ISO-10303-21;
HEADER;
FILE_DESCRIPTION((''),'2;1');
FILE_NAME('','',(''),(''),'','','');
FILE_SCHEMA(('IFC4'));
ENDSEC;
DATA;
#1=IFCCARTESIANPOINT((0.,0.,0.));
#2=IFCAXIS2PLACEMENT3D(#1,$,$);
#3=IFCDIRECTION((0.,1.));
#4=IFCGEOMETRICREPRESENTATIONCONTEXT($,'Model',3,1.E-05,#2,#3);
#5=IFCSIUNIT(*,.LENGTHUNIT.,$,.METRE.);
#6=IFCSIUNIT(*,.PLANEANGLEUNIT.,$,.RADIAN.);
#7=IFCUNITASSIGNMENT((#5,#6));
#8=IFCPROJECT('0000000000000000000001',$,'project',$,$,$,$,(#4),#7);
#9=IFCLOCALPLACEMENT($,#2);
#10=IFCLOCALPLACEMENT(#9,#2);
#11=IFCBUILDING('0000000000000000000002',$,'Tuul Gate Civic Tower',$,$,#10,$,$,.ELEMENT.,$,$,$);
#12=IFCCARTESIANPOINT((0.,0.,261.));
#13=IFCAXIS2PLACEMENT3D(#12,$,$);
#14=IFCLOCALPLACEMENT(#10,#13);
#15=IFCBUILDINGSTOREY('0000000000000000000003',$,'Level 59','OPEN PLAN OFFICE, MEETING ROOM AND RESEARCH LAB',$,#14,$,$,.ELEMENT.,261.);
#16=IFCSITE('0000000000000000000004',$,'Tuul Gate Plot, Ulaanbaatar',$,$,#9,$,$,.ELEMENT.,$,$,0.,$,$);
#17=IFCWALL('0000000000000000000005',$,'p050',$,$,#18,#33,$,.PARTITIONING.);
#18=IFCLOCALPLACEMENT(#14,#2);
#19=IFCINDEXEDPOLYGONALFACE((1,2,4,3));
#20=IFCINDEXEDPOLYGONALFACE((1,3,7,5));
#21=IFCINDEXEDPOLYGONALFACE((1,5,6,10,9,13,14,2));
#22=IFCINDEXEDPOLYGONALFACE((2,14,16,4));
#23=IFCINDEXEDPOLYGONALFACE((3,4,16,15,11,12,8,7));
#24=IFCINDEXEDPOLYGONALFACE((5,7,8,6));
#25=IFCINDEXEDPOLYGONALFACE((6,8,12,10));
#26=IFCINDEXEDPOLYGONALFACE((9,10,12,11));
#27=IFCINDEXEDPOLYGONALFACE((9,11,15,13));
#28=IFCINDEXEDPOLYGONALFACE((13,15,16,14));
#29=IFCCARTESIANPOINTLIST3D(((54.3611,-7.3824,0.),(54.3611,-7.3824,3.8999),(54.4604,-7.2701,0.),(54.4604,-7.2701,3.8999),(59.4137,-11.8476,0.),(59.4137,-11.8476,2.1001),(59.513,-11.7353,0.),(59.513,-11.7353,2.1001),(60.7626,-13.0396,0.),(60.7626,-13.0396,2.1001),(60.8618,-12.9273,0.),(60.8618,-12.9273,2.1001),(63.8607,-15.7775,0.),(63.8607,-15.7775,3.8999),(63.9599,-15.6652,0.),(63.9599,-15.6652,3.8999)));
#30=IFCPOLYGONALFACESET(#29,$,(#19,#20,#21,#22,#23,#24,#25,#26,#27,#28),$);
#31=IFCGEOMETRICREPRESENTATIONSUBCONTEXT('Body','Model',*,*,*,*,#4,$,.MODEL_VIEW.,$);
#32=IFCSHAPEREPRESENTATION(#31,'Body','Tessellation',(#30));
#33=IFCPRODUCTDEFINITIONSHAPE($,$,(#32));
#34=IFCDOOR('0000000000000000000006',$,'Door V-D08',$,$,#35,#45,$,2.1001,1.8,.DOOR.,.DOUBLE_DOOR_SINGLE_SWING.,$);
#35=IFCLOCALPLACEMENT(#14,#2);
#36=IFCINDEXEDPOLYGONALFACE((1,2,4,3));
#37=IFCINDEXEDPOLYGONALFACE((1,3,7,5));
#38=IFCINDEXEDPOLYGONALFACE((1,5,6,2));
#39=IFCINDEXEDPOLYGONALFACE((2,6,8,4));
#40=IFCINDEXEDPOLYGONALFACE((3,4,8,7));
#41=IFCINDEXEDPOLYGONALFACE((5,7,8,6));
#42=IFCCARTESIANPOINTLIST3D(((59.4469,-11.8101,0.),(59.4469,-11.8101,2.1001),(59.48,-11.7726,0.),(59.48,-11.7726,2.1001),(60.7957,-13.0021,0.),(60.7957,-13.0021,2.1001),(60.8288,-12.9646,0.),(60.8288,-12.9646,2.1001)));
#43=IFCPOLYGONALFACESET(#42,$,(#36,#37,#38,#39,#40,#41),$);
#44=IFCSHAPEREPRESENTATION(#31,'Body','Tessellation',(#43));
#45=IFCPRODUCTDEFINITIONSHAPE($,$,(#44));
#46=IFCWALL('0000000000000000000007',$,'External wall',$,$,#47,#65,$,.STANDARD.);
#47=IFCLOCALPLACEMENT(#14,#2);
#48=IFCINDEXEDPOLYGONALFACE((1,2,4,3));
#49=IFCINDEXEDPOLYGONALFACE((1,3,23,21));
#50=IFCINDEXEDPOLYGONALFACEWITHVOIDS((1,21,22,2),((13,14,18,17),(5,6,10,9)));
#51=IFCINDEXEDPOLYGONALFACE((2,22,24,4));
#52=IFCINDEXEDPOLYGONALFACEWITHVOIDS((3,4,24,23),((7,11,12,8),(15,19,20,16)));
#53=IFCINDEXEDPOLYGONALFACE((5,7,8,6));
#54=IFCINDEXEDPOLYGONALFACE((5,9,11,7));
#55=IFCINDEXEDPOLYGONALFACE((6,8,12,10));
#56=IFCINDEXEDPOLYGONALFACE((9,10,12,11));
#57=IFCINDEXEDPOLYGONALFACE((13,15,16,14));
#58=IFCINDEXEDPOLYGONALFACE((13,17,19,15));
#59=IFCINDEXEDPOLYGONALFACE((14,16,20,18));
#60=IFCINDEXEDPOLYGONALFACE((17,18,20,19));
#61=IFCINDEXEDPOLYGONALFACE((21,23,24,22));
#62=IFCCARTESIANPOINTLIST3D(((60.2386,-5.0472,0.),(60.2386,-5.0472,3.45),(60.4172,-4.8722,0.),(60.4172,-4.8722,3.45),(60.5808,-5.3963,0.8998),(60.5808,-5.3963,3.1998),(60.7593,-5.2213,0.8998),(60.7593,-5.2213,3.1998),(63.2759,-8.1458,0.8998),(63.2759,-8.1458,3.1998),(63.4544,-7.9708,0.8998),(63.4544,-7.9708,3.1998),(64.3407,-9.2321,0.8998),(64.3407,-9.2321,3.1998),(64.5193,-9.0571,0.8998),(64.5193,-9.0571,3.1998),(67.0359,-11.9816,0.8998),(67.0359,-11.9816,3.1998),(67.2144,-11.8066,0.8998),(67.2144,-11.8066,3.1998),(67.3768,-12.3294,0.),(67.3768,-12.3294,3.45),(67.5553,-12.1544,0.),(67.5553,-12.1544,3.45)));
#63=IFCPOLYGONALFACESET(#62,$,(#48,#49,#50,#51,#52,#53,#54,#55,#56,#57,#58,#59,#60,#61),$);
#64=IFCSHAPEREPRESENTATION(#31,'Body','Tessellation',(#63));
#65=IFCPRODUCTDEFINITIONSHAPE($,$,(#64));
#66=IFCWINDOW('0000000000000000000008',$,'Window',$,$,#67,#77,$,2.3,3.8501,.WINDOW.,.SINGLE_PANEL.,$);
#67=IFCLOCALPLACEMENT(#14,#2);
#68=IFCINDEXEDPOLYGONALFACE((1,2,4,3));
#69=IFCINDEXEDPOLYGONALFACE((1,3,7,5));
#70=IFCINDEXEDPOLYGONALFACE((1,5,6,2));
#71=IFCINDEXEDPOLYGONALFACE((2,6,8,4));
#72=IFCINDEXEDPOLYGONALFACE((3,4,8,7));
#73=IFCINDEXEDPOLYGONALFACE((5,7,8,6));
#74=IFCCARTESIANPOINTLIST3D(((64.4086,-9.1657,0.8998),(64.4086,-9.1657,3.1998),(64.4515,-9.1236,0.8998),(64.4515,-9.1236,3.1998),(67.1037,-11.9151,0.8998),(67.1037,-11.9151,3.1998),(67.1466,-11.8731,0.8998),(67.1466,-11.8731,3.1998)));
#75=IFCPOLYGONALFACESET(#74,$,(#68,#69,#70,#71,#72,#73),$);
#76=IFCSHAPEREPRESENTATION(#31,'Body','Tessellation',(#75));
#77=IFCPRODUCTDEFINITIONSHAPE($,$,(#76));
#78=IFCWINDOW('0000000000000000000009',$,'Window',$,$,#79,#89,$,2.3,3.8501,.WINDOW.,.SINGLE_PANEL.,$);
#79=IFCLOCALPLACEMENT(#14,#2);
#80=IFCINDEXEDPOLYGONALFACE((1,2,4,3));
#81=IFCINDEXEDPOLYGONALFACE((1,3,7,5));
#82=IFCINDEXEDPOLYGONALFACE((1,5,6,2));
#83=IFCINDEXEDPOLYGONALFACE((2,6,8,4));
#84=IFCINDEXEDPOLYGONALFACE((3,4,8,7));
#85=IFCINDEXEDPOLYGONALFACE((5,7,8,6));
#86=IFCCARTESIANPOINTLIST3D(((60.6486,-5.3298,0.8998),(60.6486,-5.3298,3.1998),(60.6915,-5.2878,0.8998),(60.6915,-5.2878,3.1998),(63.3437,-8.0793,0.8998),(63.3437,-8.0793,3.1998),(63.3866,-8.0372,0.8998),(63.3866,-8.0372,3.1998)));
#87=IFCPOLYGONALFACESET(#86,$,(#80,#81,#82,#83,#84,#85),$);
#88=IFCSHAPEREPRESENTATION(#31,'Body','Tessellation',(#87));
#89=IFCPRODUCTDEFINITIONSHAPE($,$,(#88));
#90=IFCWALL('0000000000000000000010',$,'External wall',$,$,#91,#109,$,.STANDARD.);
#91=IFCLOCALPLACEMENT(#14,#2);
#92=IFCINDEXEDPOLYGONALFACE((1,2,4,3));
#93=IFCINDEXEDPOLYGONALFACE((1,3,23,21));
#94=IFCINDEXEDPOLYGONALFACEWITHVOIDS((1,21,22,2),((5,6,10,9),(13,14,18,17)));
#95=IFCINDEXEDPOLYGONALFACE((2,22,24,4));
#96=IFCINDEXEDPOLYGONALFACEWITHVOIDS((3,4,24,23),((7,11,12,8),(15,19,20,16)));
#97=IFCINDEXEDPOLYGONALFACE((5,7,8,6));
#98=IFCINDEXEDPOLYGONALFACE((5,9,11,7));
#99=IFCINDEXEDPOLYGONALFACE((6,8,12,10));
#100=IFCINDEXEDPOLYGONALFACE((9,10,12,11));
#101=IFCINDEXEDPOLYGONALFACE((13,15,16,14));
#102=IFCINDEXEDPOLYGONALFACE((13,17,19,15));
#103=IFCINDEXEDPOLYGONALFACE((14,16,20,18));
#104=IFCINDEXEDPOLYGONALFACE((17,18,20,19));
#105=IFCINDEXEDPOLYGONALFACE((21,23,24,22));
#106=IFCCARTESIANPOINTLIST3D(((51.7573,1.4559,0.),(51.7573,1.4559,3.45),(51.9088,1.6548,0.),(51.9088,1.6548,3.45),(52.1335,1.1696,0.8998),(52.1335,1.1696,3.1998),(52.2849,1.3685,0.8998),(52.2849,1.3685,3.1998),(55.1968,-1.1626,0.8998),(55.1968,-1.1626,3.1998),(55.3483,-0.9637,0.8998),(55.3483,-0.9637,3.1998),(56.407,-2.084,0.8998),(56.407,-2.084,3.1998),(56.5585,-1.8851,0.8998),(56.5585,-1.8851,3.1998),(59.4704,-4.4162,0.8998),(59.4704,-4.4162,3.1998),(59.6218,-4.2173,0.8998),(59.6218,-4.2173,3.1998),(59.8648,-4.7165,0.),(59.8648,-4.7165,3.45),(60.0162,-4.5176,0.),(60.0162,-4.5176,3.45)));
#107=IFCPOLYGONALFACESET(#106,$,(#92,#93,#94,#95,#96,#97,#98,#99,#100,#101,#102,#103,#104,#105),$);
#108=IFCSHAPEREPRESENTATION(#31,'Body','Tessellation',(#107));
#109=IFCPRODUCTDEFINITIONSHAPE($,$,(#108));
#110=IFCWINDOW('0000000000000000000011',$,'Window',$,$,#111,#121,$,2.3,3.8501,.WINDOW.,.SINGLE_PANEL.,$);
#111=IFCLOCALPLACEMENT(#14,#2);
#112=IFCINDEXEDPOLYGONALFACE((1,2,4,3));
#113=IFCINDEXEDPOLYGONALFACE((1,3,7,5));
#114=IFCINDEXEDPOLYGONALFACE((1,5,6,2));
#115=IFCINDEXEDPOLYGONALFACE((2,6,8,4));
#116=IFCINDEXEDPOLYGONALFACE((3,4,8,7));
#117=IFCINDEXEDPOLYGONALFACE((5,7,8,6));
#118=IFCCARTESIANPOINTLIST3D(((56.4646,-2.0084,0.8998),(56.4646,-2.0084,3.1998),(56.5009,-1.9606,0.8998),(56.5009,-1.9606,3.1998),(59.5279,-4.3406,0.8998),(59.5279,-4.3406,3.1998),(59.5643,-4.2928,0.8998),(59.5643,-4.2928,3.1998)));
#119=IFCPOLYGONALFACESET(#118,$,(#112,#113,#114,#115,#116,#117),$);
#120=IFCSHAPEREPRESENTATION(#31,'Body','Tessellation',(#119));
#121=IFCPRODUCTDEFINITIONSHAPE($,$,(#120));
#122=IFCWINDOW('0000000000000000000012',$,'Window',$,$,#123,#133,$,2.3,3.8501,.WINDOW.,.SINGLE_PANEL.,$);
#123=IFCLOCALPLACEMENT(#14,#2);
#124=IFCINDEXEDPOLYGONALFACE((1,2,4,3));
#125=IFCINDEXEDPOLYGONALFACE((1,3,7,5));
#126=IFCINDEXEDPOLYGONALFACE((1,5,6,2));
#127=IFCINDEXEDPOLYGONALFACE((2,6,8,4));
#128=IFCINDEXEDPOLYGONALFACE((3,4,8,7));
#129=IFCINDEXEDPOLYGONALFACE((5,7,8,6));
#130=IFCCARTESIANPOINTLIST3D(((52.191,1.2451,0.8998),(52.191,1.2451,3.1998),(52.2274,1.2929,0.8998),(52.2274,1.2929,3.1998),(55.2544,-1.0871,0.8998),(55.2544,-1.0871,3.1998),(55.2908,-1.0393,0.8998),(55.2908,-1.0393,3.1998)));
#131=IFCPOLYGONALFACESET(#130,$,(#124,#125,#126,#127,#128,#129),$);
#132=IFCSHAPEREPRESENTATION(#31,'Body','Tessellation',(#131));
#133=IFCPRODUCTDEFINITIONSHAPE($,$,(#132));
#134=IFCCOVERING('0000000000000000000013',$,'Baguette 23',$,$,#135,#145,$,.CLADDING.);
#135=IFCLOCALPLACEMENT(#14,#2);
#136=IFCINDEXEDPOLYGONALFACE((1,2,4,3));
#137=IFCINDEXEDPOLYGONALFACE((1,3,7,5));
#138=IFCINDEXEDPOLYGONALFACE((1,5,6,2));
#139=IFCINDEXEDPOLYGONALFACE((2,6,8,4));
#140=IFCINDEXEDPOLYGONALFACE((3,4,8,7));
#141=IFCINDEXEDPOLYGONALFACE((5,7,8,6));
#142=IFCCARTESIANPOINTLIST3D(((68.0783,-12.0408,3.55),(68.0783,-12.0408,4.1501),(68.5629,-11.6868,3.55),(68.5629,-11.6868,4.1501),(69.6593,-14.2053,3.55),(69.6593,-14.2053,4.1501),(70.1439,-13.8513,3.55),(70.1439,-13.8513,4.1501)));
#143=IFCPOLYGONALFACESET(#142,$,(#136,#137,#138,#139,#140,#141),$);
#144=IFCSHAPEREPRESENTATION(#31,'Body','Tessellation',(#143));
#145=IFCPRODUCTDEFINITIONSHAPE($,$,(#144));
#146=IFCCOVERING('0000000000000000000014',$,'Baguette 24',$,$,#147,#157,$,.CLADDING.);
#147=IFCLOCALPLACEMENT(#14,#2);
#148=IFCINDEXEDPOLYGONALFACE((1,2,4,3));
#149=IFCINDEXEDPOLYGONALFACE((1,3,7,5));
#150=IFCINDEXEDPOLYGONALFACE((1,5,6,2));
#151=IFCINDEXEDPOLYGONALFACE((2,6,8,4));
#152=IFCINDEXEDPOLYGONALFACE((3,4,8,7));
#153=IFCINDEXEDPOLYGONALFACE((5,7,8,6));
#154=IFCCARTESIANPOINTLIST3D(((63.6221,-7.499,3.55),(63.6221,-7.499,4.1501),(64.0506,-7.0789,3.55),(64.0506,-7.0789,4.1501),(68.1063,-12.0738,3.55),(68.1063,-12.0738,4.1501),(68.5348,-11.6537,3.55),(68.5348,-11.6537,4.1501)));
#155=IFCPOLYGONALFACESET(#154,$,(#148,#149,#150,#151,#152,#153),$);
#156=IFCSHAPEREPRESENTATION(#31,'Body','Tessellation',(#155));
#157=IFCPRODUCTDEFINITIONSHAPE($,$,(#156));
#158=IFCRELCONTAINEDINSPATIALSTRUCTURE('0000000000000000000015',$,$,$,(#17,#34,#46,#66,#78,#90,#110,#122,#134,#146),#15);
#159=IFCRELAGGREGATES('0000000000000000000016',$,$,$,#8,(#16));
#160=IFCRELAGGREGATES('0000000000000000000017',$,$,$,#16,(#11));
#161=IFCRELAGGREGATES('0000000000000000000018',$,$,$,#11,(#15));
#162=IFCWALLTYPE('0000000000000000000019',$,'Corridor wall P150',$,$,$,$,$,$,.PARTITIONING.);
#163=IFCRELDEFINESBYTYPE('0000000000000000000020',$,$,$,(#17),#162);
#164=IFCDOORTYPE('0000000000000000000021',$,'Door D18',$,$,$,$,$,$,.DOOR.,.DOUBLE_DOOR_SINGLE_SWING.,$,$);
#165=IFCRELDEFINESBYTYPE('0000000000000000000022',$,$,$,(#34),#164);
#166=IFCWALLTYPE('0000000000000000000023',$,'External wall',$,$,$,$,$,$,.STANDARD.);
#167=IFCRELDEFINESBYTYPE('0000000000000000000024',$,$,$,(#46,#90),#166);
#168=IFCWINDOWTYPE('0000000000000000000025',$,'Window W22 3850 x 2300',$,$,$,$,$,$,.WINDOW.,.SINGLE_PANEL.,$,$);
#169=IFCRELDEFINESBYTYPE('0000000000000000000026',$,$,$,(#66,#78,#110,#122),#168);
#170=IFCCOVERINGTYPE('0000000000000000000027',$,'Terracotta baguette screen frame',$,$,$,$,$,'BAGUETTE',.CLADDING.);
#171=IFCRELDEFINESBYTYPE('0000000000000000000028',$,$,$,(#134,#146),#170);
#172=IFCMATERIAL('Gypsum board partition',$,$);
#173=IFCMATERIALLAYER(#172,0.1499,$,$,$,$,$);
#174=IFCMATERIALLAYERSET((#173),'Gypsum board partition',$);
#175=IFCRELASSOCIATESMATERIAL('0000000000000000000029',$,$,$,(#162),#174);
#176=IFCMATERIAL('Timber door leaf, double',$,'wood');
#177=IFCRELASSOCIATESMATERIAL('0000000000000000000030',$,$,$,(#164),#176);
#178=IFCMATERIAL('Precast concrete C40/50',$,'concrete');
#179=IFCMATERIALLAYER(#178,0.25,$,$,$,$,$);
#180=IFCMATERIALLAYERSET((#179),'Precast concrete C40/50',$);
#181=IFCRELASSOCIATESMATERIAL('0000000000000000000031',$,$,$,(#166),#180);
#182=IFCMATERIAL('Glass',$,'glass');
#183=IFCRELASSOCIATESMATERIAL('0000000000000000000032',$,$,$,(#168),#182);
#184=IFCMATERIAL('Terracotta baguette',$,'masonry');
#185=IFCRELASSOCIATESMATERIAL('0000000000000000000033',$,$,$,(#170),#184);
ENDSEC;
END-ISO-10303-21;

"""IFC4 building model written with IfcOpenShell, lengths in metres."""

from ifc_helpers import new_model, si_unit, direction, frame, frame_2d, origin, origin_2d, place, context, subcontext, project, spatial, rectangle, extrude, material, layer, layer_set, material_profile, profile_set, type_object, element, fill, save


model = new_model("IFC4")

# Units and contexts
model_context = context("Model", 3, precision=1e-05, world=origin(), true_north=direction((0.0, 1.0)))
body_context = subcontext(model_context, "Body", "Model", "MODEL_VIEW")
ifc_project = project(units=[si_unit("LENGTHUNIT", "METRE"), si_unit("PLANEANGLEUNIT", "RADIAN")], contexts=[model_context])

# Site, building, storey
site_placement = place(None, origin())
site = spatial("IfcSite", under=ifc_project, at=site_placement, Name="Tuul Gate Plot, Ulaanbaatar", CompositionType="ELEMENT", RefElevation=0.0)
building_placement = place(site_placement, origin())
building = spatial("IfcBuilding", under=site, at=building_placement, Name="Tuul Gate Civic Tower", CompositionType="ELEMENT")
storey_placement = place(building_placement, frame((0.0, 0.0, 261.0)))
storey = spatial("IfcBuildingStorey", under=building, at=storey_placement, Name="Level 59", Description="OPEN PLAN OFFICE, MEETING ROOM AND RESEARCH LAB", CompositionType="ELEMENT", Elevation=261.0)

# Shared definitions
ifc_material_1 = material(Name="Gypsum board partition")
ifc_layer_1 = layer(ifc_material_1, 0.1499)
ifc_layer_set_1 = layer_set([ifc_layer_1], Name="Gypsum board partition")
wall_type_1 = type_object("IfcWallType", Name="Corridor wall P150", PredefinedType="PARTITIONING", material=ifc_layer_set_1)

# Wall, opening, door
wall_1_placement = place(storey_placement, frame((54.4106, -7.3262, 0.0), z_axis=(0.0, 0.0, 1.0), x_axis=(0.749325, -0.662202, 0.0)))
wall_1 = element("IfcWall", 1, at=wall_1_placement, inside=storey, type_object=wall_type_1, Name="p050", PredefinedType="PARTITIONING", context=body_context, shape_type="SweptSolid", body=[
    extrude(rectangle(XDim=12.6775, YDim=0.1499, at=frame_2d((6.3389, 0.0))), origin(), (0.0, 0.0, 1.0), 3.8999),
])
opening_1_placement = place(wall_1_placement, frame((6.7432, 0.0, 0.0)))
opening_1 = element("IfcOpeningElement", 2, at=opening_1_placement, cuts=wall_1, PredefinedType="OPENING", context=body_context, shape_type="SweptSolid", body=[
    extrude(rectangle(XDim=1.8, YDim=2.1001, at=frame_2d((0.8999, 1.05))), frame((0.0, 0.085, 0.0), z_axis=(0.0, -1.0, 0.0), x_axis=(1.0, 0.0, 0.0)), (0.0, 0.0, 1.0), 0.1699),
])
ifc_material_2 = material(Name="Timber door leaf, double", Category="wood")
door_type_1 = type_object("IfcDoorType", Name="Door D18", OperationType="DOUBLE_DOOR_SINGLE_SWING", PredefinedType="DOOR", material=ifc_material_2)
door_1_placement = place(opening_1_placement, frame((1.8, 0.0, 0.0), z_axis=(0.0, 0.0, 1.0), x_axis=(-1.0, 0.0, 0.0)))
door_1 = element("IfcDoor", 3, at=door_1_placement, inside=storey, type_object=door_type_1, Name="Door V-D08", OperationType="DOUBLE_DOOR_SINGLE_SWING", OverallHeight=2.1001, OverallWidth=1.8, PredefinedType="DOOR", context=body_context, shape_type="SweptSolid", body=[
    extrude(rectangle(XDim=1.8, YDim=2.1001, at=frame_2d((0.9001, 1.05))), frame((0.0, 0.0249, 0.0), z_axis=(0.0, -1.0, 0.0), x_axis=(1.0, 0.0, 0.0)), (0.0, 0.0, 1.0), 0.05),
])
fill(opening_1, door_1)

# Walls, openings, windows
ifc_material_3 = material(Name="Precast concrete C40/50", Category="concrete")
ifc_layer_2 = layer(ifc_material_3, 0.25)
ifc_layer_set_2 = layer_set([ifc_layer_2], Name="Precast concrete C40/50")
wall_type_2 = type_object("IfcWallType", Name="External wall", PredefinedType="STANDARD", material=ifc_layer_set_2)
wall_2_placement = place(storey_placement, frame((67.4661, -12.2419, 0.0), z_axis=(0.0, 0.0, 1.0), x_axis=(-0.700009, 0.714134, 0.0)))
wall_2 = element("IfcWall", 4, at=wall_2_placement, inside=storey, type_object=wall_type_2, Name="External wall", PredefinedType="STANDARD", context=body_context, shape_type="SweptSolid", body=[
    extrude(rectangle(XDim=10.1973, YDim=0.25, at=frame_2d((5.0986, 0.0))), origin(), (0.0, 0.0, 1.0), 3.45),
])
opening_2_placement = place(wall_2_placement, frame((0.4871, 0.0, 0.8999)))
opening_2 = element("IfcOpeningElement", 5, at=opening_2_placement, cuts=wall_2, PredefinedType="OPENING", context=body_context, shape_type="SweptSolid", body=[
    extrude(rectangle(XDim=3.8501, YDim=2.3, at=frame_2d((1.925, 1.1499))), frame((0.0, 0.135, 0.0), z_axis=(0.0, -1.0, 0.0), x_axis=(1.0, 0.0, 0.0)), (0.0, 0.0, 1.0), 0.27),
])
opening_3_placement = place(wall_2_placement, frame((5.8584, 0.0, 0.8999)))
opening_3 = element("IfcOpeningElement", 6, at=opening_3_placement, cuts=wall_2, PredefinedType="OPENING", context=body_context, shape_type="SweptSolid", body=[
    extrude(rectangle(XDim=3.8501, YDim=2.3, at=frame_2d((1.925, 1.1499))), frame((0.0, 0.135, 0.0), z_axis=(0.0, -1.0, 0.0), x_axis=(1.0, 0.0, 0.0)), (0.0, 0.0, 1.0), 0.27),
])
ifc_material_4 = material(Name="Glass", Category="glass")
window_type = type_object("IfcWindowType", Name="Window W22 3850 x 2300", PartitioningType="SINGLE_PANEL", PredefinedType="WINDOW", material=ifc_material_4)
window_1_placement = place(opening_2_placement, origin())
window_1 = element("IfcWindow", 7, at=window_1_placement, inside=storey, type_object=window_type, Name="Window", OverallHeight=2.3, OverallWidth=3.8501, PartitioningType="SINGLE_PANEL", PredefinedType="WINDOW", context=body_context, shape_type="SweptSolid", body=[
    extrude(rectangle(XDim=3.8501, YDim=2.3, at=frame_2d((1.925, 1.1499))), frame((0.0, 0.03, 0.0), z_axis=(0.0, -1.0, 0.0), x_axis=(1.0, 0.0, 0.0)), (0.0, 0.0, 1.0), 0.0601),
])
fill(opening_2, window_1)
window_2_placement = place(opening_3_placement, origin())
window_2 = element("IfcWindow", 8, at=window_2_placement, inside=storey, type_object=window_type, Name="Window", OverallHeight=2.3, OverallWidth=3.8501, PartitioningType="SINGLE_PANEL", PredefinedType="WINDOW", context=body_context, shape_type="SweptSolid", body=[
    extrude(rectangle(XDim=3.8501, YDim=2.3, at=frame_2d((1.925, 1.1499))), frame((0.0, 0.03, 0.0), z_axis=(0.0, -1.0, 0.0), x_axis=(1.0, 0.0, 0.0)), (0.0, 0.0, 1.0), 0.0601),
])
fill(opening_3, window_2)
wall_3_placement = place(storey_placement, frame((59.9404, -4.6169, 0.0), z_axis=(0.0, 0.0, 1.0), x_axis=(-0.795655, 0.60575, 0.0)))
wall_3 = element("IfcWall", 9, at=wall_3_placement, inside=storey, type_object=wall_type_2, Name="External wall", PredefinedType="STANDARD", context=body_context, shape_type="SweptSolid", body=[
    extrude(rectangle(XDim=10.1897, YDim=0.25, at=frame_2d((5.0947, 0.0))), origin(), (0.0, 0.0, 1.0), 3.45),
])
opening_4_placement = place(wall_3_placement, frame((0.4956, 0.0, 0.8999)))
opening_4 = element("IfcOpeningElement", 10, at=opening_4_placement, cuts=wall_3, PredefinedType="OPENING", context=body_context, shape_type="SweptSolid", body=[
    extrude(rectangle(XDim=3.8501, YDim=2.3, at=frame_2d((1.925, 1.1499))), frame((0.0, 0.135, 0.0), z_axis=(0.0, -1.0, 0.0), x_axis=(1.0, 0.0, 0.0)), (0.0, 0.0, 1.0), 0.27),
])
opening_5_placement = place(wall_3_placement, frame((5.8667, 0.0, 0.8999)))
opening_5 = element("IfcOpeningElement", 11, at=opening_5_placement, cuts=wall_3, PredefinedType="OPENING", context=body_context, shape_type="SweptSolid", body=[
    extrude(rectangle(XDim=3.8501, YDim=2.3, at=frame_2d((1.925, 1.1499))), frame((0.0, 0.135, 0.0), z_axis=(0.0, -1.0, 0.0), x_axis=(1.0, 0.0, 0.0)), (0.0, 0.0, 1.0), 0.27),
])
window_3_placement = place(opening_4_placement, origin())
window_3 = element("IfcWindow", 12, at=window_3_placement, inside=storey, type_object=window_type, Name="Window", OverallHeight=2.3, OverallWidth=3.8501, PartitioningType="SINGLE_PANEL", PredefinedType="WINDOW", context=body_context, shape_type="SweptSolid", body=[
    extrude(rectangle(XDim=3.8501, YDim=2.3, at=frame_2d((1.925, 1.1499))), frame((0.0, 0.03, 0.0), z_axis=(0.0, -1.0, 0.0), x_axis=(1.0, 0.0, 0.0)), (0.0, 0.0, 1.0), 0.0601),
])
fill(opening_4, window_3)
window_4_placement = place(opening_5_placement, origin())
window_4 = element("IfcWindow", 13, at=window_4_placement, inside=storey, type_object=window_type, Name="Window", OverallHeight=2.3, OverallWidth=3.8501, PartitioningType="SINGLE_PANEL", PredefinedType="WINDOW", context=body_context, shape_type="SweptSolid", body=[
    extrude(rectangle(XDim=3.8501, YDim=2.3, at=frame_2d((1.925, 1.1499))), frame((0.0, 0.03, 0.0), z_axis=(0.0, -1.0, 0.0), x_axis=(1.0, 0.0, 0.0)), (0.0, 0.0, 1.0), 0.0601),
])
fill(opening_5, window_4)

# Coverings
ifc_material_5 = material(Name="Terracotta baguette", Category="masonry")
ifc_material_profile_1 = material_profile(ifc_material_5, rectangle(XDim=0.6001, YDim=0.6001, at=origin_2d()), Name="Terracotta baguette screen frame")
ifc_profile_set_1 = profile_set([ifc_material_profile_1], Name="Terracotta baguette")
covering_type = type_object("IfcCoveringType", Name="Terracotta baguette screen frame", ElementType="BAGUETTE", PredefinedType="CLADDING", material=ifc_profile_set_1)
covering_1_placement = place(storey_placement, frame((69.9016, -14.0283, 3.8501), z_axis=(-0.589838, 0.807521, 0.0), x_axis=(-0.807521, -0.589838, 0.0)))
element("IfcCovering", 14, at=covering_1_placement, inside=storey, type_object=covering_type, Name="Baguette 23", PredefinedType="CLADDING", context=body_context, shape_type="SweptSolid", body=[
    extrude(rectangle(XDim=0.6001, YDim=0.6001, at=origin_2d()), origin(), (0.0, 0.0, 1.0), 2.6804),
])
covering_2_placement = place(storey_placement, frame((68.3206, -11.8638, 3.8501), z_axis=(-0.700002, 0.714141, 0.0), x_axis=(-0.714141, -0.700002, 0.0)))
element("IfcCovering", 15, at=covering_2_placement, inside=storey, type_object=covering_type, Name="Baguette 24", PredefinedType="CLADDING", context=body_context, shape_type="SweptSolid", body=[
    extrude(rectangle(XDim=0.6001, YDim=0.6001, at=origin_2d()), origin(), (0.0, 0.0, 1.0), 6.406),
])

save(model, "model.ifc")
